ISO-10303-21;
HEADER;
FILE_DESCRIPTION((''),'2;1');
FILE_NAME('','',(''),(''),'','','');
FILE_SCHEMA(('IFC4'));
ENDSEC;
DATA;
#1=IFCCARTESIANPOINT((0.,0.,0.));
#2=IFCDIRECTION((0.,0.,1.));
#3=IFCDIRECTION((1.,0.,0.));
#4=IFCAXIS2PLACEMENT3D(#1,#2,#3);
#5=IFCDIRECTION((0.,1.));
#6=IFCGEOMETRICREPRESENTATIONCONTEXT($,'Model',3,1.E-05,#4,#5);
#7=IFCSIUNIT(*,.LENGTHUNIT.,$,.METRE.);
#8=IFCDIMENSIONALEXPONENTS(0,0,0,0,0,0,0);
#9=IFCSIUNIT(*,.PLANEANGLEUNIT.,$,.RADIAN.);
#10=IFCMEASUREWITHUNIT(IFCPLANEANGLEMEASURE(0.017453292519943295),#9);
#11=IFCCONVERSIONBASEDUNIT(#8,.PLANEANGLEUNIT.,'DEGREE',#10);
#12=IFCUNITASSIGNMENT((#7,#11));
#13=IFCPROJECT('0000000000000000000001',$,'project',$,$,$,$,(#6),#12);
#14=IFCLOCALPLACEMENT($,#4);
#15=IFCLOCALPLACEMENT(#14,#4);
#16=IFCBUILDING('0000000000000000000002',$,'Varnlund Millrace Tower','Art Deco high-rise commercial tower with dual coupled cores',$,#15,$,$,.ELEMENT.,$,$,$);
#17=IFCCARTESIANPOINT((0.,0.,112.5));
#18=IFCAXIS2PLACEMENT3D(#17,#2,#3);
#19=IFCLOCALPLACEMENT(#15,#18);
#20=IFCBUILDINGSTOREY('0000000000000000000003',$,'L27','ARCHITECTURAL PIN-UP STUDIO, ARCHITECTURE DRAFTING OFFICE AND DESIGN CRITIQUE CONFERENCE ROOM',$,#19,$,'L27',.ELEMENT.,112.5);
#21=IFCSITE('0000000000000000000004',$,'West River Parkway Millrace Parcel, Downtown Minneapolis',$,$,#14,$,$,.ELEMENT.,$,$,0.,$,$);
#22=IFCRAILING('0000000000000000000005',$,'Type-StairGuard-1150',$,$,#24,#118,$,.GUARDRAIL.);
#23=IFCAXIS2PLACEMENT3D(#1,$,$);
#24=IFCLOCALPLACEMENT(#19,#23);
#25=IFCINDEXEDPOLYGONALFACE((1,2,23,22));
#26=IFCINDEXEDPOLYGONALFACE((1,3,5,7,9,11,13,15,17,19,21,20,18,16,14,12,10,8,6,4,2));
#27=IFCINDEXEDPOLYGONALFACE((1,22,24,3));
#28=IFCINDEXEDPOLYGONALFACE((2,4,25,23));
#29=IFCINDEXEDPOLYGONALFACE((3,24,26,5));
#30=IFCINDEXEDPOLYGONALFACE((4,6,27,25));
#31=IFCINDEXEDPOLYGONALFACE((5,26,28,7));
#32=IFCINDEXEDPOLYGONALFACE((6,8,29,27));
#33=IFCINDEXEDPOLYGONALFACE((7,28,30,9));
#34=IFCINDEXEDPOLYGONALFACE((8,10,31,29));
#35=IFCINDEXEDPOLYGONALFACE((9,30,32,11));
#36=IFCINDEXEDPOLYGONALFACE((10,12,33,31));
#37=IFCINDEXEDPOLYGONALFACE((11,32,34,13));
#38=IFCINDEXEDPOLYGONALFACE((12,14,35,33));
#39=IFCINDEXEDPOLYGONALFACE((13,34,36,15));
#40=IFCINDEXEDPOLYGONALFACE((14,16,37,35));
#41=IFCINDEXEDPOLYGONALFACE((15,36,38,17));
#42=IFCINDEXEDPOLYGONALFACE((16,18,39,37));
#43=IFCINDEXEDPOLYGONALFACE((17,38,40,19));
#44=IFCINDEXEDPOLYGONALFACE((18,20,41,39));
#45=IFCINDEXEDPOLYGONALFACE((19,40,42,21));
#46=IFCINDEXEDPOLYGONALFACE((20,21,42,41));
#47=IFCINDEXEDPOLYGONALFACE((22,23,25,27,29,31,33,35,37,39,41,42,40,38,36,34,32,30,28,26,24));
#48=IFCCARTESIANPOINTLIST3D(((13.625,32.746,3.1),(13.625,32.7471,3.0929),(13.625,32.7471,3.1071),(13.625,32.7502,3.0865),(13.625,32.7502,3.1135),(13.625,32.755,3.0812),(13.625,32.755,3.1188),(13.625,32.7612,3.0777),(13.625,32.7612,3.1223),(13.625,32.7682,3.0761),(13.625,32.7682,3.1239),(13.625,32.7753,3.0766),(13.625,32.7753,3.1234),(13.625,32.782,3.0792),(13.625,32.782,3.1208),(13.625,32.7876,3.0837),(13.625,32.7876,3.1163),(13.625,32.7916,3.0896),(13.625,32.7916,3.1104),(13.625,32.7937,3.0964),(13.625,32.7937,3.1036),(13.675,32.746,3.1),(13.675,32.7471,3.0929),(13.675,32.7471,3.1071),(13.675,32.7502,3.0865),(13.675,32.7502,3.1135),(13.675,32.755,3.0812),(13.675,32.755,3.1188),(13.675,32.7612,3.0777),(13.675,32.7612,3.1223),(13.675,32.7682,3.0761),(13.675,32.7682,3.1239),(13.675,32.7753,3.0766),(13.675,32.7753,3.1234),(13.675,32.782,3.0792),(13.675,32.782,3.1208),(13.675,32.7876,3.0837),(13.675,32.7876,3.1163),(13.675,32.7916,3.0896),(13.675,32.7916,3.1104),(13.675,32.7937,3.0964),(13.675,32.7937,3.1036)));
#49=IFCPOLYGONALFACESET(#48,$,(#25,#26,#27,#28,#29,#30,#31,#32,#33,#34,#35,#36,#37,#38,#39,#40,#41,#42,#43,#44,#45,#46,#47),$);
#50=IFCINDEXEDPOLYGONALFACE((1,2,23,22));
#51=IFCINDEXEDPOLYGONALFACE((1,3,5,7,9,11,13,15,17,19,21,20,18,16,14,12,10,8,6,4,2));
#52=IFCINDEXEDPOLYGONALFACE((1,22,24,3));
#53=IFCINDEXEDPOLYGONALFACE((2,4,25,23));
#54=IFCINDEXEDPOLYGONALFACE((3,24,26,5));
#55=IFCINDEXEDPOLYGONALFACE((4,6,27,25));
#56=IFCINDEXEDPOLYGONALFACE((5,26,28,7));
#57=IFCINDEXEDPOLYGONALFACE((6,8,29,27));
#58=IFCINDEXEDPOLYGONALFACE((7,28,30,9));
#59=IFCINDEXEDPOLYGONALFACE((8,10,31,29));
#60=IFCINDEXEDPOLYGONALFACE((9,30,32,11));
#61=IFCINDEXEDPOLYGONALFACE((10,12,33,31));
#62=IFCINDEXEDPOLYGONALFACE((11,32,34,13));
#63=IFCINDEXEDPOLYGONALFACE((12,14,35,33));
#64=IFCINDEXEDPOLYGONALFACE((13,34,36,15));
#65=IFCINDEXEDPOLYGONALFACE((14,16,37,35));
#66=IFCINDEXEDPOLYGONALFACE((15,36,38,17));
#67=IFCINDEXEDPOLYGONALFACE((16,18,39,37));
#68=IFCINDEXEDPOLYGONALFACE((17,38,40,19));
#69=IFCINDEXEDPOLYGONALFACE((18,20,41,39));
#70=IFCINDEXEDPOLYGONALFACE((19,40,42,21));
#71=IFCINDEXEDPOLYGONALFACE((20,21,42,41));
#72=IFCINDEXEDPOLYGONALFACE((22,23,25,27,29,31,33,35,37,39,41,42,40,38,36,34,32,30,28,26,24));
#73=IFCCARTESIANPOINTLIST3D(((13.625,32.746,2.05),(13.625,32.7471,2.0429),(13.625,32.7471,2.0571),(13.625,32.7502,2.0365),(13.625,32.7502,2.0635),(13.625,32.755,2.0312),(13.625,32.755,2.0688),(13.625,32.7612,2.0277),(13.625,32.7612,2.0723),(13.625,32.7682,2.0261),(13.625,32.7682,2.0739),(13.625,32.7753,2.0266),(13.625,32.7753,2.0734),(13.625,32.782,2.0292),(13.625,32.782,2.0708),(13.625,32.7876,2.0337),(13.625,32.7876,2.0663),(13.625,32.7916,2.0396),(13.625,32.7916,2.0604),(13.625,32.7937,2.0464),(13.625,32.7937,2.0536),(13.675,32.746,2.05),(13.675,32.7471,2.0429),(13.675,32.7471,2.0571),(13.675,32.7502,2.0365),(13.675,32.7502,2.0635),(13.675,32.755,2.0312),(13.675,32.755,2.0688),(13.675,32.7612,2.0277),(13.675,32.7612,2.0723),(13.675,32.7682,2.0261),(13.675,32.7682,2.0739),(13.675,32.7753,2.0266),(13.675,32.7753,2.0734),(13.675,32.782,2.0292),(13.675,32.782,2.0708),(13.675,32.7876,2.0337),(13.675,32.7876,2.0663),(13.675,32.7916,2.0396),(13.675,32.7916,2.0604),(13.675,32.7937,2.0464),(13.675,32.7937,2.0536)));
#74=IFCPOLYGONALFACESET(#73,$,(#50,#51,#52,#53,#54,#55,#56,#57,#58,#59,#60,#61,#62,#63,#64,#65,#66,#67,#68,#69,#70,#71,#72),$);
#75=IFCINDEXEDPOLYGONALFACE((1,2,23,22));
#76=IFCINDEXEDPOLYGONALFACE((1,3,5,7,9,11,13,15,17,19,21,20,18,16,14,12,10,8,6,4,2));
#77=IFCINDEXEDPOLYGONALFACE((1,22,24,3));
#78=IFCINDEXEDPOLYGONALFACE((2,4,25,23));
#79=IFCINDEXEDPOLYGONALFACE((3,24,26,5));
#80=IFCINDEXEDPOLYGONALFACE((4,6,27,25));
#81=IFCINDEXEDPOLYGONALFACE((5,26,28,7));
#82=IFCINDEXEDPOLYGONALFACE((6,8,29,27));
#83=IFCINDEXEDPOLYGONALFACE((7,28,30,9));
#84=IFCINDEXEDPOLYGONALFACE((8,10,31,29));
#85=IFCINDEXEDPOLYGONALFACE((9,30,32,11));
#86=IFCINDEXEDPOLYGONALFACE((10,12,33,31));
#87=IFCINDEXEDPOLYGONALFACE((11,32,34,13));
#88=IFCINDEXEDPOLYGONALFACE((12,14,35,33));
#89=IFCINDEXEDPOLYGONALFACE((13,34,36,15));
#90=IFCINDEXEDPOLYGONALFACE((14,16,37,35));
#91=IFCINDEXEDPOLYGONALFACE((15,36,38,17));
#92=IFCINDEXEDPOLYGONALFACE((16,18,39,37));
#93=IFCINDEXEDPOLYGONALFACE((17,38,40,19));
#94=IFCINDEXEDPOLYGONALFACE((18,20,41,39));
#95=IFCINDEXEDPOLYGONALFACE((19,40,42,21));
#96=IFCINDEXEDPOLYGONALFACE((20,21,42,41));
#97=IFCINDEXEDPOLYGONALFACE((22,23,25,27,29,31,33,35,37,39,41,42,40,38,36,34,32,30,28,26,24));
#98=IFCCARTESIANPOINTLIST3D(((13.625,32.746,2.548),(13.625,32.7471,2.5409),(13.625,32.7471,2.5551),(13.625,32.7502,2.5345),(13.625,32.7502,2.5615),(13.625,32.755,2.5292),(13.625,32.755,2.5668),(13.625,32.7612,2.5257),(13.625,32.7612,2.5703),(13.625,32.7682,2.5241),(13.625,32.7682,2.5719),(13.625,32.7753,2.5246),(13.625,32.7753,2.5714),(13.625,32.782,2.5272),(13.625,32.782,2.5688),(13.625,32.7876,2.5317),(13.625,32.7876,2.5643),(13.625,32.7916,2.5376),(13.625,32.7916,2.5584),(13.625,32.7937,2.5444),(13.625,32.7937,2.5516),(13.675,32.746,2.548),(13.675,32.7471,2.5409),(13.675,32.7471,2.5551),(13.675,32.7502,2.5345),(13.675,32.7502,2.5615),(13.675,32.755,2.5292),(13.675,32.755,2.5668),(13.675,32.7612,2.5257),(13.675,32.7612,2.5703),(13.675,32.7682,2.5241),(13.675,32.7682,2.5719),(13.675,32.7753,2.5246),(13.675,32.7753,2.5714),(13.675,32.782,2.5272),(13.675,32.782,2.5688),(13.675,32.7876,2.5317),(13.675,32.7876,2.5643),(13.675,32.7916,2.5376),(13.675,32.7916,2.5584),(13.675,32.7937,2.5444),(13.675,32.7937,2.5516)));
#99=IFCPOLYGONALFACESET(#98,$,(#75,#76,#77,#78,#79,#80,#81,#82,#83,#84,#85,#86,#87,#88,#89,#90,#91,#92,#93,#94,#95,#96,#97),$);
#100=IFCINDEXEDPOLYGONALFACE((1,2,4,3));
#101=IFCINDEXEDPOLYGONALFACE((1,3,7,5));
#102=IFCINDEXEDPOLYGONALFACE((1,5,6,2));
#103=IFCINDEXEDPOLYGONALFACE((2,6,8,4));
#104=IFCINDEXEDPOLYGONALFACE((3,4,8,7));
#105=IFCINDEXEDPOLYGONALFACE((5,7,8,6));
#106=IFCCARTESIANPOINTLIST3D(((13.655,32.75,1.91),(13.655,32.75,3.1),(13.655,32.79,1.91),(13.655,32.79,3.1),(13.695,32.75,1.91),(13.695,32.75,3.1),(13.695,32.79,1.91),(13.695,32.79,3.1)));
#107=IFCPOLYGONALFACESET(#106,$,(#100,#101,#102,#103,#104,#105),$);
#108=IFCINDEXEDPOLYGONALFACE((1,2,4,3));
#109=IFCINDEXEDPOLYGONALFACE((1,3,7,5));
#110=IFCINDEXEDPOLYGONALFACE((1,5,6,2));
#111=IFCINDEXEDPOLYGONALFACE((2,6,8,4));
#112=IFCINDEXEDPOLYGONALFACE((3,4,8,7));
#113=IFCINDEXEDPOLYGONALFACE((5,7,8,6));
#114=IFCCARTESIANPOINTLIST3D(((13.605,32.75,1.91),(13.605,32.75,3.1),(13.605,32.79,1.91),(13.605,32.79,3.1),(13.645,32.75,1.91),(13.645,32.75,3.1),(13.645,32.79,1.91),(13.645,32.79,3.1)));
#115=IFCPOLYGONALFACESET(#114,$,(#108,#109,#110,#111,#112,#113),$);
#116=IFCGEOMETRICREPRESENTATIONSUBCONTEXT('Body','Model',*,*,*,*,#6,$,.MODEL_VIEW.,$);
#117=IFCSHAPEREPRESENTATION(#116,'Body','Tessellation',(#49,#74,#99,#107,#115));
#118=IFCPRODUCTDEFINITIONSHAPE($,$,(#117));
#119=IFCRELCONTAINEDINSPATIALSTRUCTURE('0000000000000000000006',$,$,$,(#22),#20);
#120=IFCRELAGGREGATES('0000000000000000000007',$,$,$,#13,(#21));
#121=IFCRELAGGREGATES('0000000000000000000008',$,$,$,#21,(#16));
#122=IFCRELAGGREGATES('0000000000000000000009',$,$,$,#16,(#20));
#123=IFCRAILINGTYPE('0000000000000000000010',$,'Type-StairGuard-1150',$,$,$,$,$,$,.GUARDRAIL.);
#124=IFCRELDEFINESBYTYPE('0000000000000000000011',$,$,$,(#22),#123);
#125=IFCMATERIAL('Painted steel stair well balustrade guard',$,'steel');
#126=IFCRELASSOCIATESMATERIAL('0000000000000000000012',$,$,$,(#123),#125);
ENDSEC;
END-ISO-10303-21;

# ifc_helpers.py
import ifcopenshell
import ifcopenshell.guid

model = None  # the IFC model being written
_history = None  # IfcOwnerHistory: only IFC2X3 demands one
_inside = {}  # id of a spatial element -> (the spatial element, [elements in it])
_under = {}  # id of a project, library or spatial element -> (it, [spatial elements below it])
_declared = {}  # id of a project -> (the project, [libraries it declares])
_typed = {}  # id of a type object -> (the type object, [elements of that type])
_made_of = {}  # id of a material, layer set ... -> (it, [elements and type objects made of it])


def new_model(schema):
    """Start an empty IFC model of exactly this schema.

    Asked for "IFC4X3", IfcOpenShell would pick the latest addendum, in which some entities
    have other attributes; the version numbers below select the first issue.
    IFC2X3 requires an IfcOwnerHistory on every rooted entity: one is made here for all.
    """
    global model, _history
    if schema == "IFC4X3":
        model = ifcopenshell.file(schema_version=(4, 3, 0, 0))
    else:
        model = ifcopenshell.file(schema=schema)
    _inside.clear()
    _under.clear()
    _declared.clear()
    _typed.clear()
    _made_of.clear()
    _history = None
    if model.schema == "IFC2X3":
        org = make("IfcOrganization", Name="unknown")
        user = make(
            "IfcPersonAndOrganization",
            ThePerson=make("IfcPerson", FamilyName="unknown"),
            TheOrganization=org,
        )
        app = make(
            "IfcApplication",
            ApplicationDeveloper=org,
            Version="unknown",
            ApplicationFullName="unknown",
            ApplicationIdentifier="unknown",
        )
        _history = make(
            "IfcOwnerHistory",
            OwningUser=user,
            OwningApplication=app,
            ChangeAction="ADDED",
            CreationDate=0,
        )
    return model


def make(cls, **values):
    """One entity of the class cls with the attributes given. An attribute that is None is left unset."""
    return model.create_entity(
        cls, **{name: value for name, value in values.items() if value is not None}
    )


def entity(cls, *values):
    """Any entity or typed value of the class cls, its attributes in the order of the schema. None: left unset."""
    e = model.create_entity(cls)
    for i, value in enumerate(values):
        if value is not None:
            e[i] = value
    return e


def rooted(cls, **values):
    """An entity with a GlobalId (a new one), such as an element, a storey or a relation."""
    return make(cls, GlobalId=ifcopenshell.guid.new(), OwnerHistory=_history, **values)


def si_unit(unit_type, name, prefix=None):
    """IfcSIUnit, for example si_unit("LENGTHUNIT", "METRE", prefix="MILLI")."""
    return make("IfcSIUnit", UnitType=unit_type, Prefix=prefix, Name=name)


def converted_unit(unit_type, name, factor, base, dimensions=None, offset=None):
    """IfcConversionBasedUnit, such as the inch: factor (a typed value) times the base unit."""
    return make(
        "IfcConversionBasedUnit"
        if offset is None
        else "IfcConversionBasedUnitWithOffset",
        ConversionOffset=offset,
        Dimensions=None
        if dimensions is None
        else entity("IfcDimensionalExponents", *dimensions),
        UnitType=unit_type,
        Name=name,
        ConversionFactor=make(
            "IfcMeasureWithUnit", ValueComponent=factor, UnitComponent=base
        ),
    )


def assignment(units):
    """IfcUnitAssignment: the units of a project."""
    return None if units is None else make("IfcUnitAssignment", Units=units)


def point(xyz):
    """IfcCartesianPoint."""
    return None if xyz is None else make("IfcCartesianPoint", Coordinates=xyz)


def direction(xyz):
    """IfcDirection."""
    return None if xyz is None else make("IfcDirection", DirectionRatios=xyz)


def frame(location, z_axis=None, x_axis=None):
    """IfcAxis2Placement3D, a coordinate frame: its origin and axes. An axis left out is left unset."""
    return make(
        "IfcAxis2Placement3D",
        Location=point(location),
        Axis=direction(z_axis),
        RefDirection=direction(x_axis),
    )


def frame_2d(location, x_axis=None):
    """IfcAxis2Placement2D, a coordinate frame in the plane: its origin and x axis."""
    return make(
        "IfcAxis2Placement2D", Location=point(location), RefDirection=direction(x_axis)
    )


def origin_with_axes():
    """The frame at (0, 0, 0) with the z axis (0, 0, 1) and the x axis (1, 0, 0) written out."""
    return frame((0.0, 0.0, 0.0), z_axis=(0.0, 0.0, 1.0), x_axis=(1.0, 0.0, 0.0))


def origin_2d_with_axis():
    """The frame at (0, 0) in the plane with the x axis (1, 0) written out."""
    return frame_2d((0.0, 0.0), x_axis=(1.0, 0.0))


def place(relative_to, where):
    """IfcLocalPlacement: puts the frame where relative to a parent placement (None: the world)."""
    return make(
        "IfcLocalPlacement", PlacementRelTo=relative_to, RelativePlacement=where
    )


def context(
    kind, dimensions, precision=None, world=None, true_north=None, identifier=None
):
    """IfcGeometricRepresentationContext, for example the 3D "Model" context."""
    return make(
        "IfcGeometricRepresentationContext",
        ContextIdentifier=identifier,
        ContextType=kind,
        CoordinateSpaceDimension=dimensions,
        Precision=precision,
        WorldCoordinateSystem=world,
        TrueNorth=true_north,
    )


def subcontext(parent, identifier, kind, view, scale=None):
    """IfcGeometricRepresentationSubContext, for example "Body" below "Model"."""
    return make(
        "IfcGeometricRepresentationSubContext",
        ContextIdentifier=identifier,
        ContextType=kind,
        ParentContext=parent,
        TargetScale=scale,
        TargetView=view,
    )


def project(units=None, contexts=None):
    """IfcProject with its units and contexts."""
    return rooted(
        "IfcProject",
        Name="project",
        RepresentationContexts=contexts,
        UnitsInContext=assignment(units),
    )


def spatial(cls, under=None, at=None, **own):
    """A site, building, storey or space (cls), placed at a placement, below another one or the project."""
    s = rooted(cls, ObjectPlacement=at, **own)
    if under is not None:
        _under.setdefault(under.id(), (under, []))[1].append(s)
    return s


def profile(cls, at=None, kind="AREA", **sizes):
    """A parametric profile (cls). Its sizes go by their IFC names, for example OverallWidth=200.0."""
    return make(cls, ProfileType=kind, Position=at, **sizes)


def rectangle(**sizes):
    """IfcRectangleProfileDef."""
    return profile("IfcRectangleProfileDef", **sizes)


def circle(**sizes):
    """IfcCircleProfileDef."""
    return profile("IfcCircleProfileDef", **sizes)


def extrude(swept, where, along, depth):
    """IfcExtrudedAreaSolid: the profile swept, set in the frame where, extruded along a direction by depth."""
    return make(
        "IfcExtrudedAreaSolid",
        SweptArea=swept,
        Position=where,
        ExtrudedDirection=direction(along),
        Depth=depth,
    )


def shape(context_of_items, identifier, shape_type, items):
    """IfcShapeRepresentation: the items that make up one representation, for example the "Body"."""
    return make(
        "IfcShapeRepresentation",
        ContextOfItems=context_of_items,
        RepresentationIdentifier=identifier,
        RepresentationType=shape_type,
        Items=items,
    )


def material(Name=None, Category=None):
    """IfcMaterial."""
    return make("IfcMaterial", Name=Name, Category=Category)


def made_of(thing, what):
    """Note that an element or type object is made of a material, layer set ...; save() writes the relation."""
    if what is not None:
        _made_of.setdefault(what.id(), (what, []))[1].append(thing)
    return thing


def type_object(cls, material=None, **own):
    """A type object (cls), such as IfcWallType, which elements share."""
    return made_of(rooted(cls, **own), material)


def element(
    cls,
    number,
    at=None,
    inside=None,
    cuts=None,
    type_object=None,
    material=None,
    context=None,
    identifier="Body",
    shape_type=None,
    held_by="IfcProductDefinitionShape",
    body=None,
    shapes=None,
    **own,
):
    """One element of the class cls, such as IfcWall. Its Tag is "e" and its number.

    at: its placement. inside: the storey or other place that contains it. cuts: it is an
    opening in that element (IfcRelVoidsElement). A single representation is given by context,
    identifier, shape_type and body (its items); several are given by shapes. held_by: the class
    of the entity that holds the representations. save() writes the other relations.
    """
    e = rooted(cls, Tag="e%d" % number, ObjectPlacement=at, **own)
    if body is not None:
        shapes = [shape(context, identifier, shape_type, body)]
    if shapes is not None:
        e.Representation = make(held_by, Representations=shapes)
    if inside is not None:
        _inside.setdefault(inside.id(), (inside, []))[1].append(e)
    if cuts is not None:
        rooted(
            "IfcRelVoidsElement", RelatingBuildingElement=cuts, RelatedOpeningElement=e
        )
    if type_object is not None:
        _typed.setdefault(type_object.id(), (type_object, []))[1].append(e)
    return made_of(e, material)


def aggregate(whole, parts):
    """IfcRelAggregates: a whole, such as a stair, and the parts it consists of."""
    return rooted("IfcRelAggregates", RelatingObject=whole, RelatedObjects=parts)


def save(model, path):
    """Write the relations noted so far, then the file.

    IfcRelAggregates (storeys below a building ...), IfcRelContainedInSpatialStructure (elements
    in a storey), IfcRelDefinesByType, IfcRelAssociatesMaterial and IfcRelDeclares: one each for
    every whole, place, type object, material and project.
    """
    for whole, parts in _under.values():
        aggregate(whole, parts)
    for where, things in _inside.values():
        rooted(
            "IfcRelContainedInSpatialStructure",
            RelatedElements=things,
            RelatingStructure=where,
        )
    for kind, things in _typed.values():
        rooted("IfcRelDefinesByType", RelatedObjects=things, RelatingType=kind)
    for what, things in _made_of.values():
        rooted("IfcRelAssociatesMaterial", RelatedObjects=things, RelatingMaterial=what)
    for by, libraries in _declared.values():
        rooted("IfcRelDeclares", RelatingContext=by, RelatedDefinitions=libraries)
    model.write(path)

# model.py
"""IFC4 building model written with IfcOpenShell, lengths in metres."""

from ifc_helpers import new_model, entity, si_unit, converted_unit, direction, frame, origin_with_axes, origin_2d_with_axis, place, context, subcontext, project, spatial, rectangle, circle, extrude, material, type_object, element, save


model = new_model("IFC4")

# Units and contexts
model_context = context("Model", 3, precision=1e-05, world=origin_with_axes(), true_north=direction((0.0, 1.0)))
body_context = subcontext(model_context, "Body", "Model", "MODEL_VIEW")
ifc_project = project(units=[si_unit("LENGTHUNIT", "METRE"), converted_unit("PLANEANGLEUNIT", "DEGREE", entity("IfcPlaneAngleMeasure", 0.017453292519943295), si_unit("PLANEANGLEUNIT", "RADIAN"), dimensions=[0, 0, 0, 0, 0, 0, 0])], contexts=[model_context])

# Site, building, storey
site_placement = place(None, origin_with_axes())
site = spatial("IfcSite", under=ifc_project, at=site_placement, Name="West River Parkway Millrace Parcel, Downtown Minneapolis", CompositionType="ELEMENT", RefElevation=0.0)
building_placement = place(site_placement, origin_with_axes())
building = spatial("IfcBuilding", under=site, at=building_placement, Name="Varnlund Millrace Tower", Description="Art Deco high-rise commercial tower with dual coupled cores", CompositionType="ELEMENT")
storey_placement = place(building_placement, frame((0.0, 0.0, 112.5), z_axis=(0.0, 0.0, 1.0), x_axis=(1.0, 0.0, 0.0)))
storey = spatial("IfcBuildingStorey", under=building, at=storey_placement, Name="L27", Description="ARCHITECTURAL PIN-UP STUDIO, ARCHITECTURE DRAFTING OFFICE AND DESIGN CRITIQUE CONFERENCE ROOM", LongName="L27", CompositionType="ELEMENT", Elevation=112.5)

# Railing
ifc_material_1 = material(Name="Painted steel stair well balustrade guard", Category="steel")
railing_type_1 = type_object("IfcRailingType", Name="Type-StairGuard-1150", PredefinedType="GUARDRAIL", material=ifc_material_1)
railing_1_placement = place(storey_placement, frame((0.0, 0.0, -112.5), z_axis=(0.0, 0.0, 1.0), x_axis=(1.0, 0.0, 0.0)))
element("IfcRailing", 1, at=railing_1_placement, inside=storey, type_object=railing_type_1, Name="Type-StairGuard-1150", PredefinedType="GUARDRAIL", context=body_context, shape_type="SweptSolid", body=[
    extrude(circle(Radius=0.024, at=origin_2d_with_axis()), frame((13.675, 32.77, 115.6), z_axis=(-1.0, 0.0, 0.0), x_axis=(0.0, -1.0, 0.0)), (0.0, 0.0, 1.0), 0.05),
    extrude(circle(Radius=0.024, at=origin_2d_with_axis()), frame((13.675, 32.77, 114.55), z_axis=(-1.0, 0.0, 0.0), x_axis=(0.0, -1.0, 0.0)), (0.0, 0.0, 1.0), 0.05),
    extrude(circle(Radius=0.024, at=origin_2d_with_axis()), frame((13.675, 32.77, 115.048), z_axis=(-1.0, 0.0, 0.0), x_axis=(0.0, -1.0, 0.0)), (0.0, 0.0, 1.0), 0.05),
    extrude(rectangle(XDim=0.04, YDim=0.04, at=origin_2d_with_axis()), frame((13.675, 32.77, 114.41), z_axis=(0.0, 0.0, 1.0), x_axis=(1.0, 0.0, 0.0)), (0.0, 0.0, 1.0), 1.19),
    extrude(rectangle(XDim=0.04, YDim=0.04, at=origin_2d_with_axis()), frame((13.625, 32.77, 114.41), z_axis=(0.0, 0.0, 1.0), x_axis=(1.0, 0.0, 0.0)), (0.0, 0.0, 1.0), 1.19),
])

save(model, "model.ifc")
